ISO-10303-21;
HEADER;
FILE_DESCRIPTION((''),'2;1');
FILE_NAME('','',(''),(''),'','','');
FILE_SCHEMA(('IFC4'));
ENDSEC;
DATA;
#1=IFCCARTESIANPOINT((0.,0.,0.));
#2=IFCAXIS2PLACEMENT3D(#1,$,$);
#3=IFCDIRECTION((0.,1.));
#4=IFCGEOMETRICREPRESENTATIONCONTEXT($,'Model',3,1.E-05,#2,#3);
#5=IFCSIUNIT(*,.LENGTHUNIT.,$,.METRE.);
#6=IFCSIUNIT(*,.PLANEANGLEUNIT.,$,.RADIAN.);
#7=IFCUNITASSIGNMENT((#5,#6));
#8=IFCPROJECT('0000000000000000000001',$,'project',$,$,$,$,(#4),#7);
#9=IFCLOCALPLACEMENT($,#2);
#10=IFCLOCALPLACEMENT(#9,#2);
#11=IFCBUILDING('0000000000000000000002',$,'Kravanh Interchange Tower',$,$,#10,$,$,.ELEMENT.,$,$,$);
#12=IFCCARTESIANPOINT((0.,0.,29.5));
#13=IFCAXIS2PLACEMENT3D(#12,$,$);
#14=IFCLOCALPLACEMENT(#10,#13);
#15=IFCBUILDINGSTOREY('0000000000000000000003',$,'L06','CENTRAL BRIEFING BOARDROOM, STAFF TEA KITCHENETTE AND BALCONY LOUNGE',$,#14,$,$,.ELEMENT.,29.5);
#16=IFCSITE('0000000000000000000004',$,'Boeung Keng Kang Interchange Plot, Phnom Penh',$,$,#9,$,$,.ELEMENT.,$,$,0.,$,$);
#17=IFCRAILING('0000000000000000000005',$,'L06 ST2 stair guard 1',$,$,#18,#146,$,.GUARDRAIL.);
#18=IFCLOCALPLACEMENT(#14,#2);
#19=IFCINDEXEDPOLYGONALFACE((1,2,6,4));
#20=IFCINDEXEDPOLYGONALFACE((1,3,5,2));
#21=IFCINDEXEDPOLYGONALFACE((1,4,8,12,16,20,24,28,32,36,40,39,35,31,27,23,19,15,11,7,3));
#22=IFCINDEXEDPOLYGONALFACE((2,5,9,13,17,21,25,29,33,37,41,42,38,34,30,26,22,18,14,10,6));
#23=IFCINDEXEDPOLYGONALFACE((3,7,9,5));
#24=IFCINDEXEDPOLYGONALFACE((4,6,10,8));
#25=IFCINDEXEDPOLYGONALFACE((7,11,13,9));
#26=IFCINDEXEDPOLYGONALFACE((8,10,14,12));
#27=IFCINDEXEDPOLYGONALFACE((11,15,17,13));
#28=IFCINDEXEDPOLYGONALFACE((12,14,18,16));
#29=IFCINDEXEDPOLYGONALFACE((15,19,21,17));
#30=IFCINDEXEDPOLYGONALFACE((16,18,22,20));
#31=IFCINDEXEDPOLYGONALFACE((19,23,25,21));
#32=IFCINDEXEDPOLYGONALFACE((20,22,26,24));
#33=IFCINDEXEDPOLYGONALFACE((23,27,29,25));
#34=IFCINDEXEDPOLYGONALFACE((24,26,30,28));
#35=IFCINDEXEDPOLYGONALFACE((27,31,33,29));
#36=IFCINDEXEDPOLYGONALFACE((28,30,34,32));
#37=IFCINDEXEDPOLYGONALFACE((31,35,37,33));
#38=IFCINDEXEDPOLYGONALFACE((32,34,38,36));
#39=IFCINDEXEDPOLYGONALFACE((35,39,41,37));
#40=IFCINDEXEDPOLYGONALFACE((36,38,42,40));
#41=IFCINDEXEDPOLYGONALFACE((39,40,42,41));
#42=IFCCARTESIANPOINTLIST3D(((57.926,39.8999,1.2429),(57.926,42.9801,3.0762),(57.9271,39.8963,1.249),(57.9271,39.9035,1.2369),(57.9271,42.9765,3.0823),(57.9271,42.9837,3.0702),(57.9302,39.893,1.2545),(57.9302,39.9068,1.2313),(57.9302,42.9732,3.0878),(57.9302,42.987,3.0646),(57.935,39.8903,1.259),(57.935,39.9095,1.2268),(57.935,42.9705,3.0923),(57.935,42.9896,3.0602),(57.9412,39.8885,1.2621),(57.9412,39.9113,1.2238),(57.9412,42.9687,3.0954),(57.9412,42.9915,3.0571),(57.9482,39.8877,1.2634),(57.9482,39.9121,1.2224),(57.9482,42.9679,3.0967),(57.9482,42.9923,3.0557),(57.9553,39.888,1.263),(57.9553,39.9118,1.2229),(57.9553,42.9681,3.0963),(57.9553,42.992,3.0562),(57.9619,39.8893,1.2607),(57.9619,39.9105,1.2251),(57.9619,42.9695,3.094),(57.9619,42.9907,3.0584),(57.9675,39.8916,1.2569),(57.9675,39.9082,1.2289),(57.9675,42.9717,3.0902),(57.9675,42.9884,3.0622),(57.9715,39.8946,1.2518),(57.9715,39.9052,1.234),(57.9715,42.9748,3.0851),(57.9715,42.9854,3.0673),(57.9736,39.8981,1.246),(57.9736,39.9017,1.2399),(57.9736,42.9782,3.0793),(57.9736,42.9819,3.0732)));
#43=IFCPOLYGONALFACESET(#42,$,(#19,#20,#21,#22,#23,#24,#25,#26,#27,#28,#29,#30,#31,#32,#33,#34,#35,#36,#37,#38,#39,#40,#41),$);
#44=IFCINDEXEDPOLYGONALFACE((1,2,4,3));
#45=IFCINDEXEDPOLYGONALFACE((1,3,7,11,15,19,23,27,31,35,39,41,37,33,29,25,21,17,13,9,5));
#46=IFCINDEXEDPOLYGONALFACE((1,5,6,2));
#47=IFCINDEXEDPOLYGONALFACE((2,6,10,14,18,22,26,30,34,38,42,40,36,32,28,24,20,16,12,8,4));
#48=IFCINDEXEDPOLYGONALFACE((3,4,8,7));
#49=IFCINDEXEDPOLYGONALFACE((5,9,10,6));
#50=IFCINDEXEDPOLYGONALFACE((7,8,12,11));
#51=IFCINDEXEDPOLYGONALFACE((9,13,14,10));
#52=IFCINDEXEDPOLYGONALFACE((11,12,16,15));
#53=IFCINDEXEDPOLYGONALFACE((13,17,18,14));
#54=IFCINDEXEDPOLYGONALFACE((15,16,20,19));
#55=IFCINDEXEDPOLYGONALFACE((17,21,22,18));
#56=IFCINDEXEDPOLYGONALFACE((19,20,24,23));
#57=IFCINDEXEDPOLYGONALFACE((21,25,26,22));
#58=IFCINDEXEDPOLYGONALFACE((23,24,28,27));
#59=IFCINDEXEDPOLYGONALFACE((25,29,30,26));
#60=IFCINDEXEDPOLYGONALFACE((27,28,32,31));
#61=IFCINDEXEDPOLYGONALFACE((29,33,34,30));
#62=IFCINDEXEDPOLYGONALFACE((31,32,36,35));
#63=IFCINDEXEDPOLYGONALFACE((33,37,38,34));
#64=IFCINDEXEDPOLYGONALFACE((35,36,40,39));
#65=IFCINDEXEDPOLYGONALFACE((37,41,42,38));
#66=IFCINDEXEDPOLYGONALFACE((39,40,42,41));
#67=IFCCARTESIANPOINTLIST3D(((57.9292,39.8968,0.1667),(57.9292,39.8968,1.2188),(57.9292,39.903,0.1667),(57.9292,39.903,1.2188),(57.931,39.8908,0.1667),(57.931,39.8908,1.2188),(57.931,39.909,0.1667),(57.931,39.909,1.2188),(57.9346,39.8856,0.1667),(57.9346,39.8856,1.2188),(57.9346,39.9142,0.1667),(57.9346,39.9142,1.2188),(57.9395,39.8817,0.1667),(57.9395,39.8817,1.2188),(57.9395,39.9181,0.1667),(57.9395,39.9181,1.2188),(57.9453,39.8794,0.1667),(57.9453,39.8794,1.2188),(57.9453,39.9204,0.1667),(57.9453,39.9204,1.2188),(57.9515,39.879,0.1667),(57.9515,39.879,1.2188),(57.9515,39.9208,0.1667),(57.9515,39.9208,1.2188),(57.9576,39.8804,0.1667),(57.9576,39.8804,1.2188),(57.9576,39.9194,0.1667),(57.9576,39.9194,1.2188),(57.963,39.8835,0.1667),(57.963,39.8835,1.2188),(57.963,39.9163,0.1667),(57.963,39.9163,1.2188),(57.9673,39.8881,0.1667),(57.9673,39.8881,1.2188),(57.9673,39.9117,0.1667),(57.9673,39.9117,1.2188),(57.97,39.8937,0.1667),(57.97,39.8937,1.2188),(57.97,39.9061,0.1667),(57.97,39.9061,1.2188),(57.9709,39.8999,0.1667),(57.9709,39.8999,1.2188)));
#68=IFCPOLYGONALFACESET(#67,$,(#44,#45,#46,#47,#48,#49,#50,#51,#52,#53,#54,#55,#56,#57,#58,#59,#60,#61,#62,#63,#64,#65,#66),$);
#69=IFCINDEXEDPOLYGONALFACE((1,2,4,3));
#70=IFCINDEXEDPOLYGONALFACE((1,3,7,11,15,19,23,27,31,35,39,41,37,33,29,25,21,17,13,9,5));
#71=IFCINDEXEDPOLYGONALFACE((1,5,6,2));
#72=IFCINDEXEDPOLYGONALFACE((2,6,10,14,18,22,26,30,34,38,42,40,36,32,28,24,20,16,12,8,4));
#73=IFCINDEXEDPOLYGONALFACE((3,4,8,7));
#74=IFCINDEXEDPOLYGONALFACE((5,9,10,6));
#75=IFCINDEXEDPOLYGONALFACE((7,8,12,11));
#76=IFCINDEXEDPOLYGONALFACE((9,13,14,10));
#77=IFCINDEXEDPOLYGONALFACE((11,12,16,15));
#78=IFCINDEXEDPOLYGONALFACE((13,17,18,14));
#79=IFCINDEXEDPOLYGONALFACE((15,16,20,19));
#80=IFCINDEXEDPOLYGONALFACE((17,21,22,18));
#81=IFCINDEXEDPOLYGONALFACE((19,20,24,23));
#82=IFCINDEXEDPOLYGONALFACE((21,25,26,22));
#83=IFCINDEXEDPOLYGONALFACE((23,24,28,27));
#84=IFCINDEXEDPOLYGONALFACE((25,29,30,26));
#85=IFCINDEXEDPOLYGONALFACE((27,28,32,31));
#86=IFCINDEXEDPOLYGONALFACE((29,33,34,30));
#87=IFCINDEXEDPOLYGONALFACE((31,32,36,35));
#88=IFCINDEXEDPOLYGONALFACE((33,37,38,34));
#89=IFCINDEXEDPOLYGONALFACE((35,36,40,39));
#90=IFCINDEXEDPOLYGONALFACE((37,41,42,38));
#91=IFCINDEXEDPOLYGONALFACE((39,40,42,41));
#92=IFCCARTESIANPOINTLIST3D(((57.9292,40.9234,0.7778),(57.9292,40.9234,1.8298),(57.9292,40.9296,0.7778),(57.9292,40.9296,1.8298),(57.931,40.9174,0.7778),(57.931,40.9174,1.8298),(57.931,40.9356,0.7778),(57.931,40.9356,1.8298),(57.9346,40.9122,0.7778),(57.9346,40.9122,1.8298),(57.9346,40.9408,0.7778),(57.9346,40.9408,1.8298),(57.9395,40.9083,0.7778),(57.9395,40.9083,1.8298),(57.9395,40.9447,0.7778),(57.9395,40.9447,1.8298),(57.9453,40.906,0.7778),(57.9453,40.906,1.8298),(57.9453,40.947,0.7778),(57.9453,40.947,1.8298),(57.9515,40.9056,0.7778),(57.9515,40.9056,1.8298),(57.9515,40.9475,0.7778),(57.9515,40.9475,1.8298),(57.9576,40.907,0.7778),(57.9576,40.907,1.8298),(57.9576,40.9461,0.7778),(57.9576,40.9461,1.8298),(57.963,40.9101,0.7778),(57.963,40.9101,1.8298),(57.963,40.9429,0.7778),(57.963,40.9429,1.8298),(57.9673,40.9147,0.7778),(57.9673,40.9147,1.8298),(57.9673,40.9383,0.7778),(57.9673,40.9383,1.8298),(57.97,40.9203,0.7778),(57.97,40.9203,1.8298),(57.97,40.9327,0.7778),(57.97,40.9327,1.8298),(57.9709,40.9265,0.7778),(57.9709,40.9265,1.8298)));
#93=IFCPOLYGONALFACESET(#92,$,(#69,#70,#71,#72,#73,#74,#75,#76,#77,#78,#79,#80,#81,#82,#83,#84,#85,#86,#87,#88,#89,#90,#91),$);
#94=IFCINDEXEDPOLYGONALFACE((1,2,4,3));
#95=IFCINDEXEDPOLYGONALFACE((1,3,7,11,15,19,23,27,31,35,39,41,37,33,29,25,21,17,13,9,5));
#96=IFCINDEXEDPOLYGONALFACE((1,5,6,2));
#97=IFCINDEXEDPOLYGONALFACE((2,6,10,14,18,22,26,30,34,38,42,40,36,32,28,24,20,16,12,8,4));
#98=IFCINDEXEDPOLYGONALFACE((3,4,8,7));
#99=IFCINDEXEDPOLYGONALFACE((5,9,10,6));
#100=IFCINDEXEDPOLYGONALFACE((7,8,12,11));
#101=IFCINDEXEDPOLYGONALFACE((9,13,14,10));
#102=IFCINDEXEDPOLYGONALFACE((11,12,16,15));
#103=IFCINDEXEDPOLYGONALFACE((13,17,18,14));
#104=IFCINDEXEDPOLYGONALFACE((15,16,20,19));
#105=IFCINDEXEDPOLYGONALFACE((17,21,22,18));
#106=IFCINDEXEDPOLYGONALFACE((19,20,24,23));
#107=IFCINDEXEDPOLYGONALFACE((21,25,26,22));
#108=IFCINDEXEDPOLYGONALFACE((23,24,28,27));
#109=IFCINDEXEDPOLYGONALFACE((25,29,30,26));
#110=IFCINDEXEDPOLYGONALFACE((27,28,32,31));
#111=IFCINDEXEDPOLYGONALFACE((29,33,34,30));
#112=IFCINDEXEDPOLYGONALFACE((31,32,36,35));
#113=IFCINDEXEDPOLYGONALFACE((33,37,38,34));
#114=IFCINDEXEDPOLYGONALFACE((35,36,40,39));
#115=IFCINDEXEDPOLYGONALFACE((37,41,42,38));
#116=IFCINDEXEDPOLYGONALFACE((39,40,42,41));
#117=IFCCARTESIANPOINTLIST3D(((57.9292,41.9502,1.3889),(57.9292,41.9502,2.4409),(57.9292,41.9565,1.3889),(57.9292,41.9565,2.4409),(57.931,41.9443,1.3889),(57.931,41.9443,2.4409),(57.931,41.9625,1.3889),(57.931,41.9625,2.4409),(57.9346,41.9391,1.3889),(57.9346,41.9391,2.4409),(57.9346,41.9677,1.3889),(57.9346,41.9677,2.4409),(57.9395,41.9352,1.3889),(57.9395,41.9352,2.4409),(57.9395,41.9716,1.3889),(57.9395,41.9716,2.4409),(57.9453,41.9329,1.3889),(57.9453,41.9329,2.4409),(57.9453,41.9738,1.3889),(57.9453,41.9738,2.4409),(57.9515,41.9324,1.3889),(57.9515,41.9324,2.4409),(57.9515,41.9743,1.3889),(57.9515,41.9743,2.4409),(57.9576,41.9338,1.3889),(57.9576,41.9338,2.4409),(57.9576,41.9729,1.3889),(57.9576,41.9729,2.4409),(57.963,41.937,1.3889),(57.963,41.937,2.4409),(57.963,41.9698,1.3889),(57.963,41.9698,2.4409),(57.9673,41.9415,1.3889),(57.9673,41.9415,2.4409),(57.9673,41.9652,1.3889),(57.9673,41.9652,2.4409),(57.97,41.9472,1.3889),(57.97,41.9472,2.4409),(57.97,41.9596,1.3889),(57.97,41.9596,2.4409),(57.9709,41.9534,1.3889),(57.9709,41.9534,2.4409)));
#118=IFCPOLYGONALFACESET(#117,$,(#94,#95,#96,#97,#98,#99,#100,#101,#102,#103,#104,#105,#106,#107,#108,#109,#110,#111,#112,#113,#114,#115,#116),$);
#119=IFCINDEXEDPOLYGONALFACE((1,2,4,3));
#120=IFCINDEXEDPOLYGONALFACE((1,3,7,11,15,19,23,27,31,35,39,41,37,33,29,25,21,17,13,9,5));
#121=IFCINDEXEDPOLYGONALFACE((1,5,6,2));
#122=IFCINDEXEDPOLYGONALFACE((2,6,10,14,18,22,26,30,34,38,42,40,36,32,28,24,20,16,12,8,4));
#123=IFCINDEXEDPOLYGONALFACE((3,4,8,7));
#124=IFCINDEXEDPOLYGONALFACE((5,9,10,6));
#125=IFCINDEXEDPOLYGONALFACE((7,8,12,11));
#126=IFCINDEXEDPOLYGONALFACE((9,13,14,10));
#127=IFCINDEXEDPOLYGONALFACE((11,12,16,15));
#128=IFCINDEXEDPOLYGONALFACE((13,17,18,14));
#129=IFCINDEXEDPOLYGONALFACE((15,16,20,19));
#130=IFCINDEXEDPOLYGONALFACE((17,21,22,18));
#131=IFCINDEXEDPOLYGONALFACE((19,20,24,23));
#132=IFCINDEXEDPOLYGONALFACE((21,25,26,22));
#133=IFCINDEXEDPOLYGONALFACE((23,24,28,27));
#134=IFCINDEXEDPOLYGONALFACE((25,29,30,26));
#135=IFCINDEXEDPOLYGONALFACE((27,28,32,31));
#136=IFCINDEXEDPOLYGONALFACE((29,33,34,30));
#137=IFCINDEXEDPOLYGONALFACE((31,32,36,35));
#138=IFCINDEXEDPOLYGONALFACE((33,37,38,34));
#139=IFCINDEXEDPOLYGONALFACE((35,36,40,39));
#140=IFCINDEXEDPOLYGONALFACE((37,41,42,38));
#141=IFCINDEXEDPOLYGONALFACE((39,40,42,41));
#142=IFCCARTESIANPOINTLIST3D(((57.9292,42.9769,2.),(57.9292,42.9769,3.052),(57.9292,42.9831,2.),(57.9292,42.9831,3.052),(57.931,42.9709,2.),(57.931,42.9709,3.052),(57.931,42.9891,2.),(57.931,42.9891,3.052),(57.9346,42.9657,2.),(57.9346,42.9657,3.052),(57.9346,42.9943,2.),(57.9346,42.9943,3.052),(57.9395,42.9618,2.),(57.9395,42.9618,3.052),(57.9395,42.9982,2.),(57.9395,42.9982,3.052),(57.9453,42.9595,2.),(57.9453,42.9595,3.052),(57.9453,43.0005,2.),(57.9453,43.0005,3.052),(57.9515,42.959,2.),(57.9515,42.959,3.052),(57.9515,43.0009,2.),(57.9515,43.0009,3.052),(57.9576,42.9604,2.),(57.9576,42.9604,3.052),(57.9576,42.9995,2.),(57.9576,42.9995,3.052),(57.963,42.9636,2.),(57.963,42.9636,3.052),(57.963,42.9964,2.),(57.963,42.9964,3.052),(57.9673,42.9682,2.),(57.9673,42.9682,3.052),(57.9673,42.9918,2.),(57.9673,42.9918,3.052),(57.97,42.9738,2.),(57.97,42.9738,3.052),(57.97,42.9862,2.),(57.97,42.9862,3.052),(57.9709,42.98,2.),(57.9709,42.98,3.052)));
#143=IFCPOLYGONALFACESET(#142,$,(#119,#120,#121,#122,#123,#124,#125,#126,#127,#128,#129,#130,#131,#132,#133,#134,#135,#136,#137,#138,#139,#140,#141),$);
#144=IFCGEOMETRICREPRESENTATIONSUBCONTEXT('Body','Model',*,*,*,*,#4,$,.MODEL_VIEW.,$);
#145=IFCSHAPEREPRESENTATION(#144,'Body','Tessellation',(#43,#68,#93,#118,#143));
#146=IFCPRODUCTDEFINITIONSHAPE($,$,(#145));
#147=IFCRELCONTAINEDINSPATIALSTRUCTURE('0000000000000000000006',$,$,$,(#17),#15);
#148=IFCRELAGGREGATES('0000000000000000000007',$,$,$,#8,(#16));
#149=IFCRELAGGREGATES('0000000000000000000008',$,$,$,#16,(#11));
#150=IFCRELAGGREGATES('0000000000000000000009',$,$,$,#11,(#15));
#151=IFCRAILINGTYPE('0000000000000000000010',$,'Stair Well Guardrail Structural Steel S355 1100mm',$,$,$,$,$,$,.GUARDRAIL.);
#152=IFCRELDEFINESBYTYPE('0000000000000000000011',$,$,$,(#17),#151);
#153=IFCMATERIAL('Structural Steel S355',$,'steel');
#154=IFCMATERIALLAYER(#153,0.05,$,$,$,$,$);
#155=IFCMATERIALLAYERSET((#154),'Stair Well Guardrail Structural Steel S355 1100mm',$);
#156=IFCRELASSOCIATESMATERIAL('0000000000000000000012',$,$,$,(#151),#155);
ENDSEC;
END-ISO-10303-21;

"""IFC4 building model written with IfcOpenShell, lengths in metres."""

from ifc_helpers import new_model, si_unit, direction, frame, origin, origin_2d, place, context, subcontext, project, spatial, circle, extrude, material, layer, layer_set, type_object, element, save


model = new_model("IFC4")

# Units and contexts
model_context = context("Model", 3, precision=1e-05, world=origin(), true_north=direction((0.0, 1.0)))
body_context = subcontext(model_context, "Body", "Model", "MODEL_VIEW")
ifc_project = project(units=[si_unit("LENGTHUNIT", "METRE"), si_unit("PLANEANGLEUNIT", "RADIAN")], contexts=[model_context])

# Site, building, storey
site_placement = place(None, origin())
site = spatial("IfcSite", under=ifc_project, at=site_placement, Name="Boeung Keng Kang Interchange Plot, Phnom Penh", CompositionType="ELEMENT", RefElevation=0.0)
building_placement = place(site_placement, origin())
building = spatial("IfcBuilding", under=site, at=building_placement, Name="Kravanh Interchange Tower", CompositionType="ELEMENT")
storey_placement = place(building_placement, frame((0.0, 0.0, 29.5)))
storey = spatial("IfcBuildingStorey", under=building, at=storey_placement, Name="L06", Description="CENTRAL BRIEFING BOARDROOM, STAFF TEA KITCHENETTE AND BALCONY LOUNGE", CompositionType="ELEMENT", Elevation=29.5)

# Railing
ifc_material_1 = material(Name="Structural Steel S355", Category="steel")
ifc_layer_1 = layer(ifc_material_1, 0.05)
ifc_layer_set_1 = layer_set([ifc_layer_1], Name="Stair Well Guardrail Structural Steel S355 1100mm")
railing_type_1 = type_object("IfcRailingType", Name="Stair Well Guardrail Structural Steel S355 1100mm", PredefinedType="GUARDRAIL", material=ifc_layer_set_1)
railing_1_placement = place(storey_placement, frame((57.95, 39.8999, 0.1667)))
element("IfcRailing", 1, at=railing_1_placement, inside=storey, type_object=railing_type_1, Name="L06 ST2 stair guard 1", PredefinedType="GUARDRAIL", context=body_context, shape_type="SweptSolid", body=[
    extrude(circle(Radius=0.0239, at=origin_2d()), frame((0.0, 0.0, 1.0762), z_axis=(0.0, 0.859309, 0.511458), x_axis=(-1.0, 0.0, 0.0)), (0.0, 0.0, 1.0), 3.5845),
    extrude(circle(Radius=0.021, at=origin_2d()), origin(), (0.0, 0.0, 1.0), 1.052),
    extrude(circle(Radius=0.021, at=origin_2d()), frame((0.0, 1.0266, 0.6111)), (0.0, 0.0, 1.0), 1.052),
    extrude(circle(Radius=0.021, at=origin_2d()), frame((0.0, 2.0535, 1.2222)), (0.0, 0.0, 1.0), 1.052),
    extrude(circle(Radius=0.021, at=origin_2d()), frame((0.0, 3.0801, 1.8333)), (0.0, 0.0, 1.0), 1.052),
])

save(model, "model.ifc")
